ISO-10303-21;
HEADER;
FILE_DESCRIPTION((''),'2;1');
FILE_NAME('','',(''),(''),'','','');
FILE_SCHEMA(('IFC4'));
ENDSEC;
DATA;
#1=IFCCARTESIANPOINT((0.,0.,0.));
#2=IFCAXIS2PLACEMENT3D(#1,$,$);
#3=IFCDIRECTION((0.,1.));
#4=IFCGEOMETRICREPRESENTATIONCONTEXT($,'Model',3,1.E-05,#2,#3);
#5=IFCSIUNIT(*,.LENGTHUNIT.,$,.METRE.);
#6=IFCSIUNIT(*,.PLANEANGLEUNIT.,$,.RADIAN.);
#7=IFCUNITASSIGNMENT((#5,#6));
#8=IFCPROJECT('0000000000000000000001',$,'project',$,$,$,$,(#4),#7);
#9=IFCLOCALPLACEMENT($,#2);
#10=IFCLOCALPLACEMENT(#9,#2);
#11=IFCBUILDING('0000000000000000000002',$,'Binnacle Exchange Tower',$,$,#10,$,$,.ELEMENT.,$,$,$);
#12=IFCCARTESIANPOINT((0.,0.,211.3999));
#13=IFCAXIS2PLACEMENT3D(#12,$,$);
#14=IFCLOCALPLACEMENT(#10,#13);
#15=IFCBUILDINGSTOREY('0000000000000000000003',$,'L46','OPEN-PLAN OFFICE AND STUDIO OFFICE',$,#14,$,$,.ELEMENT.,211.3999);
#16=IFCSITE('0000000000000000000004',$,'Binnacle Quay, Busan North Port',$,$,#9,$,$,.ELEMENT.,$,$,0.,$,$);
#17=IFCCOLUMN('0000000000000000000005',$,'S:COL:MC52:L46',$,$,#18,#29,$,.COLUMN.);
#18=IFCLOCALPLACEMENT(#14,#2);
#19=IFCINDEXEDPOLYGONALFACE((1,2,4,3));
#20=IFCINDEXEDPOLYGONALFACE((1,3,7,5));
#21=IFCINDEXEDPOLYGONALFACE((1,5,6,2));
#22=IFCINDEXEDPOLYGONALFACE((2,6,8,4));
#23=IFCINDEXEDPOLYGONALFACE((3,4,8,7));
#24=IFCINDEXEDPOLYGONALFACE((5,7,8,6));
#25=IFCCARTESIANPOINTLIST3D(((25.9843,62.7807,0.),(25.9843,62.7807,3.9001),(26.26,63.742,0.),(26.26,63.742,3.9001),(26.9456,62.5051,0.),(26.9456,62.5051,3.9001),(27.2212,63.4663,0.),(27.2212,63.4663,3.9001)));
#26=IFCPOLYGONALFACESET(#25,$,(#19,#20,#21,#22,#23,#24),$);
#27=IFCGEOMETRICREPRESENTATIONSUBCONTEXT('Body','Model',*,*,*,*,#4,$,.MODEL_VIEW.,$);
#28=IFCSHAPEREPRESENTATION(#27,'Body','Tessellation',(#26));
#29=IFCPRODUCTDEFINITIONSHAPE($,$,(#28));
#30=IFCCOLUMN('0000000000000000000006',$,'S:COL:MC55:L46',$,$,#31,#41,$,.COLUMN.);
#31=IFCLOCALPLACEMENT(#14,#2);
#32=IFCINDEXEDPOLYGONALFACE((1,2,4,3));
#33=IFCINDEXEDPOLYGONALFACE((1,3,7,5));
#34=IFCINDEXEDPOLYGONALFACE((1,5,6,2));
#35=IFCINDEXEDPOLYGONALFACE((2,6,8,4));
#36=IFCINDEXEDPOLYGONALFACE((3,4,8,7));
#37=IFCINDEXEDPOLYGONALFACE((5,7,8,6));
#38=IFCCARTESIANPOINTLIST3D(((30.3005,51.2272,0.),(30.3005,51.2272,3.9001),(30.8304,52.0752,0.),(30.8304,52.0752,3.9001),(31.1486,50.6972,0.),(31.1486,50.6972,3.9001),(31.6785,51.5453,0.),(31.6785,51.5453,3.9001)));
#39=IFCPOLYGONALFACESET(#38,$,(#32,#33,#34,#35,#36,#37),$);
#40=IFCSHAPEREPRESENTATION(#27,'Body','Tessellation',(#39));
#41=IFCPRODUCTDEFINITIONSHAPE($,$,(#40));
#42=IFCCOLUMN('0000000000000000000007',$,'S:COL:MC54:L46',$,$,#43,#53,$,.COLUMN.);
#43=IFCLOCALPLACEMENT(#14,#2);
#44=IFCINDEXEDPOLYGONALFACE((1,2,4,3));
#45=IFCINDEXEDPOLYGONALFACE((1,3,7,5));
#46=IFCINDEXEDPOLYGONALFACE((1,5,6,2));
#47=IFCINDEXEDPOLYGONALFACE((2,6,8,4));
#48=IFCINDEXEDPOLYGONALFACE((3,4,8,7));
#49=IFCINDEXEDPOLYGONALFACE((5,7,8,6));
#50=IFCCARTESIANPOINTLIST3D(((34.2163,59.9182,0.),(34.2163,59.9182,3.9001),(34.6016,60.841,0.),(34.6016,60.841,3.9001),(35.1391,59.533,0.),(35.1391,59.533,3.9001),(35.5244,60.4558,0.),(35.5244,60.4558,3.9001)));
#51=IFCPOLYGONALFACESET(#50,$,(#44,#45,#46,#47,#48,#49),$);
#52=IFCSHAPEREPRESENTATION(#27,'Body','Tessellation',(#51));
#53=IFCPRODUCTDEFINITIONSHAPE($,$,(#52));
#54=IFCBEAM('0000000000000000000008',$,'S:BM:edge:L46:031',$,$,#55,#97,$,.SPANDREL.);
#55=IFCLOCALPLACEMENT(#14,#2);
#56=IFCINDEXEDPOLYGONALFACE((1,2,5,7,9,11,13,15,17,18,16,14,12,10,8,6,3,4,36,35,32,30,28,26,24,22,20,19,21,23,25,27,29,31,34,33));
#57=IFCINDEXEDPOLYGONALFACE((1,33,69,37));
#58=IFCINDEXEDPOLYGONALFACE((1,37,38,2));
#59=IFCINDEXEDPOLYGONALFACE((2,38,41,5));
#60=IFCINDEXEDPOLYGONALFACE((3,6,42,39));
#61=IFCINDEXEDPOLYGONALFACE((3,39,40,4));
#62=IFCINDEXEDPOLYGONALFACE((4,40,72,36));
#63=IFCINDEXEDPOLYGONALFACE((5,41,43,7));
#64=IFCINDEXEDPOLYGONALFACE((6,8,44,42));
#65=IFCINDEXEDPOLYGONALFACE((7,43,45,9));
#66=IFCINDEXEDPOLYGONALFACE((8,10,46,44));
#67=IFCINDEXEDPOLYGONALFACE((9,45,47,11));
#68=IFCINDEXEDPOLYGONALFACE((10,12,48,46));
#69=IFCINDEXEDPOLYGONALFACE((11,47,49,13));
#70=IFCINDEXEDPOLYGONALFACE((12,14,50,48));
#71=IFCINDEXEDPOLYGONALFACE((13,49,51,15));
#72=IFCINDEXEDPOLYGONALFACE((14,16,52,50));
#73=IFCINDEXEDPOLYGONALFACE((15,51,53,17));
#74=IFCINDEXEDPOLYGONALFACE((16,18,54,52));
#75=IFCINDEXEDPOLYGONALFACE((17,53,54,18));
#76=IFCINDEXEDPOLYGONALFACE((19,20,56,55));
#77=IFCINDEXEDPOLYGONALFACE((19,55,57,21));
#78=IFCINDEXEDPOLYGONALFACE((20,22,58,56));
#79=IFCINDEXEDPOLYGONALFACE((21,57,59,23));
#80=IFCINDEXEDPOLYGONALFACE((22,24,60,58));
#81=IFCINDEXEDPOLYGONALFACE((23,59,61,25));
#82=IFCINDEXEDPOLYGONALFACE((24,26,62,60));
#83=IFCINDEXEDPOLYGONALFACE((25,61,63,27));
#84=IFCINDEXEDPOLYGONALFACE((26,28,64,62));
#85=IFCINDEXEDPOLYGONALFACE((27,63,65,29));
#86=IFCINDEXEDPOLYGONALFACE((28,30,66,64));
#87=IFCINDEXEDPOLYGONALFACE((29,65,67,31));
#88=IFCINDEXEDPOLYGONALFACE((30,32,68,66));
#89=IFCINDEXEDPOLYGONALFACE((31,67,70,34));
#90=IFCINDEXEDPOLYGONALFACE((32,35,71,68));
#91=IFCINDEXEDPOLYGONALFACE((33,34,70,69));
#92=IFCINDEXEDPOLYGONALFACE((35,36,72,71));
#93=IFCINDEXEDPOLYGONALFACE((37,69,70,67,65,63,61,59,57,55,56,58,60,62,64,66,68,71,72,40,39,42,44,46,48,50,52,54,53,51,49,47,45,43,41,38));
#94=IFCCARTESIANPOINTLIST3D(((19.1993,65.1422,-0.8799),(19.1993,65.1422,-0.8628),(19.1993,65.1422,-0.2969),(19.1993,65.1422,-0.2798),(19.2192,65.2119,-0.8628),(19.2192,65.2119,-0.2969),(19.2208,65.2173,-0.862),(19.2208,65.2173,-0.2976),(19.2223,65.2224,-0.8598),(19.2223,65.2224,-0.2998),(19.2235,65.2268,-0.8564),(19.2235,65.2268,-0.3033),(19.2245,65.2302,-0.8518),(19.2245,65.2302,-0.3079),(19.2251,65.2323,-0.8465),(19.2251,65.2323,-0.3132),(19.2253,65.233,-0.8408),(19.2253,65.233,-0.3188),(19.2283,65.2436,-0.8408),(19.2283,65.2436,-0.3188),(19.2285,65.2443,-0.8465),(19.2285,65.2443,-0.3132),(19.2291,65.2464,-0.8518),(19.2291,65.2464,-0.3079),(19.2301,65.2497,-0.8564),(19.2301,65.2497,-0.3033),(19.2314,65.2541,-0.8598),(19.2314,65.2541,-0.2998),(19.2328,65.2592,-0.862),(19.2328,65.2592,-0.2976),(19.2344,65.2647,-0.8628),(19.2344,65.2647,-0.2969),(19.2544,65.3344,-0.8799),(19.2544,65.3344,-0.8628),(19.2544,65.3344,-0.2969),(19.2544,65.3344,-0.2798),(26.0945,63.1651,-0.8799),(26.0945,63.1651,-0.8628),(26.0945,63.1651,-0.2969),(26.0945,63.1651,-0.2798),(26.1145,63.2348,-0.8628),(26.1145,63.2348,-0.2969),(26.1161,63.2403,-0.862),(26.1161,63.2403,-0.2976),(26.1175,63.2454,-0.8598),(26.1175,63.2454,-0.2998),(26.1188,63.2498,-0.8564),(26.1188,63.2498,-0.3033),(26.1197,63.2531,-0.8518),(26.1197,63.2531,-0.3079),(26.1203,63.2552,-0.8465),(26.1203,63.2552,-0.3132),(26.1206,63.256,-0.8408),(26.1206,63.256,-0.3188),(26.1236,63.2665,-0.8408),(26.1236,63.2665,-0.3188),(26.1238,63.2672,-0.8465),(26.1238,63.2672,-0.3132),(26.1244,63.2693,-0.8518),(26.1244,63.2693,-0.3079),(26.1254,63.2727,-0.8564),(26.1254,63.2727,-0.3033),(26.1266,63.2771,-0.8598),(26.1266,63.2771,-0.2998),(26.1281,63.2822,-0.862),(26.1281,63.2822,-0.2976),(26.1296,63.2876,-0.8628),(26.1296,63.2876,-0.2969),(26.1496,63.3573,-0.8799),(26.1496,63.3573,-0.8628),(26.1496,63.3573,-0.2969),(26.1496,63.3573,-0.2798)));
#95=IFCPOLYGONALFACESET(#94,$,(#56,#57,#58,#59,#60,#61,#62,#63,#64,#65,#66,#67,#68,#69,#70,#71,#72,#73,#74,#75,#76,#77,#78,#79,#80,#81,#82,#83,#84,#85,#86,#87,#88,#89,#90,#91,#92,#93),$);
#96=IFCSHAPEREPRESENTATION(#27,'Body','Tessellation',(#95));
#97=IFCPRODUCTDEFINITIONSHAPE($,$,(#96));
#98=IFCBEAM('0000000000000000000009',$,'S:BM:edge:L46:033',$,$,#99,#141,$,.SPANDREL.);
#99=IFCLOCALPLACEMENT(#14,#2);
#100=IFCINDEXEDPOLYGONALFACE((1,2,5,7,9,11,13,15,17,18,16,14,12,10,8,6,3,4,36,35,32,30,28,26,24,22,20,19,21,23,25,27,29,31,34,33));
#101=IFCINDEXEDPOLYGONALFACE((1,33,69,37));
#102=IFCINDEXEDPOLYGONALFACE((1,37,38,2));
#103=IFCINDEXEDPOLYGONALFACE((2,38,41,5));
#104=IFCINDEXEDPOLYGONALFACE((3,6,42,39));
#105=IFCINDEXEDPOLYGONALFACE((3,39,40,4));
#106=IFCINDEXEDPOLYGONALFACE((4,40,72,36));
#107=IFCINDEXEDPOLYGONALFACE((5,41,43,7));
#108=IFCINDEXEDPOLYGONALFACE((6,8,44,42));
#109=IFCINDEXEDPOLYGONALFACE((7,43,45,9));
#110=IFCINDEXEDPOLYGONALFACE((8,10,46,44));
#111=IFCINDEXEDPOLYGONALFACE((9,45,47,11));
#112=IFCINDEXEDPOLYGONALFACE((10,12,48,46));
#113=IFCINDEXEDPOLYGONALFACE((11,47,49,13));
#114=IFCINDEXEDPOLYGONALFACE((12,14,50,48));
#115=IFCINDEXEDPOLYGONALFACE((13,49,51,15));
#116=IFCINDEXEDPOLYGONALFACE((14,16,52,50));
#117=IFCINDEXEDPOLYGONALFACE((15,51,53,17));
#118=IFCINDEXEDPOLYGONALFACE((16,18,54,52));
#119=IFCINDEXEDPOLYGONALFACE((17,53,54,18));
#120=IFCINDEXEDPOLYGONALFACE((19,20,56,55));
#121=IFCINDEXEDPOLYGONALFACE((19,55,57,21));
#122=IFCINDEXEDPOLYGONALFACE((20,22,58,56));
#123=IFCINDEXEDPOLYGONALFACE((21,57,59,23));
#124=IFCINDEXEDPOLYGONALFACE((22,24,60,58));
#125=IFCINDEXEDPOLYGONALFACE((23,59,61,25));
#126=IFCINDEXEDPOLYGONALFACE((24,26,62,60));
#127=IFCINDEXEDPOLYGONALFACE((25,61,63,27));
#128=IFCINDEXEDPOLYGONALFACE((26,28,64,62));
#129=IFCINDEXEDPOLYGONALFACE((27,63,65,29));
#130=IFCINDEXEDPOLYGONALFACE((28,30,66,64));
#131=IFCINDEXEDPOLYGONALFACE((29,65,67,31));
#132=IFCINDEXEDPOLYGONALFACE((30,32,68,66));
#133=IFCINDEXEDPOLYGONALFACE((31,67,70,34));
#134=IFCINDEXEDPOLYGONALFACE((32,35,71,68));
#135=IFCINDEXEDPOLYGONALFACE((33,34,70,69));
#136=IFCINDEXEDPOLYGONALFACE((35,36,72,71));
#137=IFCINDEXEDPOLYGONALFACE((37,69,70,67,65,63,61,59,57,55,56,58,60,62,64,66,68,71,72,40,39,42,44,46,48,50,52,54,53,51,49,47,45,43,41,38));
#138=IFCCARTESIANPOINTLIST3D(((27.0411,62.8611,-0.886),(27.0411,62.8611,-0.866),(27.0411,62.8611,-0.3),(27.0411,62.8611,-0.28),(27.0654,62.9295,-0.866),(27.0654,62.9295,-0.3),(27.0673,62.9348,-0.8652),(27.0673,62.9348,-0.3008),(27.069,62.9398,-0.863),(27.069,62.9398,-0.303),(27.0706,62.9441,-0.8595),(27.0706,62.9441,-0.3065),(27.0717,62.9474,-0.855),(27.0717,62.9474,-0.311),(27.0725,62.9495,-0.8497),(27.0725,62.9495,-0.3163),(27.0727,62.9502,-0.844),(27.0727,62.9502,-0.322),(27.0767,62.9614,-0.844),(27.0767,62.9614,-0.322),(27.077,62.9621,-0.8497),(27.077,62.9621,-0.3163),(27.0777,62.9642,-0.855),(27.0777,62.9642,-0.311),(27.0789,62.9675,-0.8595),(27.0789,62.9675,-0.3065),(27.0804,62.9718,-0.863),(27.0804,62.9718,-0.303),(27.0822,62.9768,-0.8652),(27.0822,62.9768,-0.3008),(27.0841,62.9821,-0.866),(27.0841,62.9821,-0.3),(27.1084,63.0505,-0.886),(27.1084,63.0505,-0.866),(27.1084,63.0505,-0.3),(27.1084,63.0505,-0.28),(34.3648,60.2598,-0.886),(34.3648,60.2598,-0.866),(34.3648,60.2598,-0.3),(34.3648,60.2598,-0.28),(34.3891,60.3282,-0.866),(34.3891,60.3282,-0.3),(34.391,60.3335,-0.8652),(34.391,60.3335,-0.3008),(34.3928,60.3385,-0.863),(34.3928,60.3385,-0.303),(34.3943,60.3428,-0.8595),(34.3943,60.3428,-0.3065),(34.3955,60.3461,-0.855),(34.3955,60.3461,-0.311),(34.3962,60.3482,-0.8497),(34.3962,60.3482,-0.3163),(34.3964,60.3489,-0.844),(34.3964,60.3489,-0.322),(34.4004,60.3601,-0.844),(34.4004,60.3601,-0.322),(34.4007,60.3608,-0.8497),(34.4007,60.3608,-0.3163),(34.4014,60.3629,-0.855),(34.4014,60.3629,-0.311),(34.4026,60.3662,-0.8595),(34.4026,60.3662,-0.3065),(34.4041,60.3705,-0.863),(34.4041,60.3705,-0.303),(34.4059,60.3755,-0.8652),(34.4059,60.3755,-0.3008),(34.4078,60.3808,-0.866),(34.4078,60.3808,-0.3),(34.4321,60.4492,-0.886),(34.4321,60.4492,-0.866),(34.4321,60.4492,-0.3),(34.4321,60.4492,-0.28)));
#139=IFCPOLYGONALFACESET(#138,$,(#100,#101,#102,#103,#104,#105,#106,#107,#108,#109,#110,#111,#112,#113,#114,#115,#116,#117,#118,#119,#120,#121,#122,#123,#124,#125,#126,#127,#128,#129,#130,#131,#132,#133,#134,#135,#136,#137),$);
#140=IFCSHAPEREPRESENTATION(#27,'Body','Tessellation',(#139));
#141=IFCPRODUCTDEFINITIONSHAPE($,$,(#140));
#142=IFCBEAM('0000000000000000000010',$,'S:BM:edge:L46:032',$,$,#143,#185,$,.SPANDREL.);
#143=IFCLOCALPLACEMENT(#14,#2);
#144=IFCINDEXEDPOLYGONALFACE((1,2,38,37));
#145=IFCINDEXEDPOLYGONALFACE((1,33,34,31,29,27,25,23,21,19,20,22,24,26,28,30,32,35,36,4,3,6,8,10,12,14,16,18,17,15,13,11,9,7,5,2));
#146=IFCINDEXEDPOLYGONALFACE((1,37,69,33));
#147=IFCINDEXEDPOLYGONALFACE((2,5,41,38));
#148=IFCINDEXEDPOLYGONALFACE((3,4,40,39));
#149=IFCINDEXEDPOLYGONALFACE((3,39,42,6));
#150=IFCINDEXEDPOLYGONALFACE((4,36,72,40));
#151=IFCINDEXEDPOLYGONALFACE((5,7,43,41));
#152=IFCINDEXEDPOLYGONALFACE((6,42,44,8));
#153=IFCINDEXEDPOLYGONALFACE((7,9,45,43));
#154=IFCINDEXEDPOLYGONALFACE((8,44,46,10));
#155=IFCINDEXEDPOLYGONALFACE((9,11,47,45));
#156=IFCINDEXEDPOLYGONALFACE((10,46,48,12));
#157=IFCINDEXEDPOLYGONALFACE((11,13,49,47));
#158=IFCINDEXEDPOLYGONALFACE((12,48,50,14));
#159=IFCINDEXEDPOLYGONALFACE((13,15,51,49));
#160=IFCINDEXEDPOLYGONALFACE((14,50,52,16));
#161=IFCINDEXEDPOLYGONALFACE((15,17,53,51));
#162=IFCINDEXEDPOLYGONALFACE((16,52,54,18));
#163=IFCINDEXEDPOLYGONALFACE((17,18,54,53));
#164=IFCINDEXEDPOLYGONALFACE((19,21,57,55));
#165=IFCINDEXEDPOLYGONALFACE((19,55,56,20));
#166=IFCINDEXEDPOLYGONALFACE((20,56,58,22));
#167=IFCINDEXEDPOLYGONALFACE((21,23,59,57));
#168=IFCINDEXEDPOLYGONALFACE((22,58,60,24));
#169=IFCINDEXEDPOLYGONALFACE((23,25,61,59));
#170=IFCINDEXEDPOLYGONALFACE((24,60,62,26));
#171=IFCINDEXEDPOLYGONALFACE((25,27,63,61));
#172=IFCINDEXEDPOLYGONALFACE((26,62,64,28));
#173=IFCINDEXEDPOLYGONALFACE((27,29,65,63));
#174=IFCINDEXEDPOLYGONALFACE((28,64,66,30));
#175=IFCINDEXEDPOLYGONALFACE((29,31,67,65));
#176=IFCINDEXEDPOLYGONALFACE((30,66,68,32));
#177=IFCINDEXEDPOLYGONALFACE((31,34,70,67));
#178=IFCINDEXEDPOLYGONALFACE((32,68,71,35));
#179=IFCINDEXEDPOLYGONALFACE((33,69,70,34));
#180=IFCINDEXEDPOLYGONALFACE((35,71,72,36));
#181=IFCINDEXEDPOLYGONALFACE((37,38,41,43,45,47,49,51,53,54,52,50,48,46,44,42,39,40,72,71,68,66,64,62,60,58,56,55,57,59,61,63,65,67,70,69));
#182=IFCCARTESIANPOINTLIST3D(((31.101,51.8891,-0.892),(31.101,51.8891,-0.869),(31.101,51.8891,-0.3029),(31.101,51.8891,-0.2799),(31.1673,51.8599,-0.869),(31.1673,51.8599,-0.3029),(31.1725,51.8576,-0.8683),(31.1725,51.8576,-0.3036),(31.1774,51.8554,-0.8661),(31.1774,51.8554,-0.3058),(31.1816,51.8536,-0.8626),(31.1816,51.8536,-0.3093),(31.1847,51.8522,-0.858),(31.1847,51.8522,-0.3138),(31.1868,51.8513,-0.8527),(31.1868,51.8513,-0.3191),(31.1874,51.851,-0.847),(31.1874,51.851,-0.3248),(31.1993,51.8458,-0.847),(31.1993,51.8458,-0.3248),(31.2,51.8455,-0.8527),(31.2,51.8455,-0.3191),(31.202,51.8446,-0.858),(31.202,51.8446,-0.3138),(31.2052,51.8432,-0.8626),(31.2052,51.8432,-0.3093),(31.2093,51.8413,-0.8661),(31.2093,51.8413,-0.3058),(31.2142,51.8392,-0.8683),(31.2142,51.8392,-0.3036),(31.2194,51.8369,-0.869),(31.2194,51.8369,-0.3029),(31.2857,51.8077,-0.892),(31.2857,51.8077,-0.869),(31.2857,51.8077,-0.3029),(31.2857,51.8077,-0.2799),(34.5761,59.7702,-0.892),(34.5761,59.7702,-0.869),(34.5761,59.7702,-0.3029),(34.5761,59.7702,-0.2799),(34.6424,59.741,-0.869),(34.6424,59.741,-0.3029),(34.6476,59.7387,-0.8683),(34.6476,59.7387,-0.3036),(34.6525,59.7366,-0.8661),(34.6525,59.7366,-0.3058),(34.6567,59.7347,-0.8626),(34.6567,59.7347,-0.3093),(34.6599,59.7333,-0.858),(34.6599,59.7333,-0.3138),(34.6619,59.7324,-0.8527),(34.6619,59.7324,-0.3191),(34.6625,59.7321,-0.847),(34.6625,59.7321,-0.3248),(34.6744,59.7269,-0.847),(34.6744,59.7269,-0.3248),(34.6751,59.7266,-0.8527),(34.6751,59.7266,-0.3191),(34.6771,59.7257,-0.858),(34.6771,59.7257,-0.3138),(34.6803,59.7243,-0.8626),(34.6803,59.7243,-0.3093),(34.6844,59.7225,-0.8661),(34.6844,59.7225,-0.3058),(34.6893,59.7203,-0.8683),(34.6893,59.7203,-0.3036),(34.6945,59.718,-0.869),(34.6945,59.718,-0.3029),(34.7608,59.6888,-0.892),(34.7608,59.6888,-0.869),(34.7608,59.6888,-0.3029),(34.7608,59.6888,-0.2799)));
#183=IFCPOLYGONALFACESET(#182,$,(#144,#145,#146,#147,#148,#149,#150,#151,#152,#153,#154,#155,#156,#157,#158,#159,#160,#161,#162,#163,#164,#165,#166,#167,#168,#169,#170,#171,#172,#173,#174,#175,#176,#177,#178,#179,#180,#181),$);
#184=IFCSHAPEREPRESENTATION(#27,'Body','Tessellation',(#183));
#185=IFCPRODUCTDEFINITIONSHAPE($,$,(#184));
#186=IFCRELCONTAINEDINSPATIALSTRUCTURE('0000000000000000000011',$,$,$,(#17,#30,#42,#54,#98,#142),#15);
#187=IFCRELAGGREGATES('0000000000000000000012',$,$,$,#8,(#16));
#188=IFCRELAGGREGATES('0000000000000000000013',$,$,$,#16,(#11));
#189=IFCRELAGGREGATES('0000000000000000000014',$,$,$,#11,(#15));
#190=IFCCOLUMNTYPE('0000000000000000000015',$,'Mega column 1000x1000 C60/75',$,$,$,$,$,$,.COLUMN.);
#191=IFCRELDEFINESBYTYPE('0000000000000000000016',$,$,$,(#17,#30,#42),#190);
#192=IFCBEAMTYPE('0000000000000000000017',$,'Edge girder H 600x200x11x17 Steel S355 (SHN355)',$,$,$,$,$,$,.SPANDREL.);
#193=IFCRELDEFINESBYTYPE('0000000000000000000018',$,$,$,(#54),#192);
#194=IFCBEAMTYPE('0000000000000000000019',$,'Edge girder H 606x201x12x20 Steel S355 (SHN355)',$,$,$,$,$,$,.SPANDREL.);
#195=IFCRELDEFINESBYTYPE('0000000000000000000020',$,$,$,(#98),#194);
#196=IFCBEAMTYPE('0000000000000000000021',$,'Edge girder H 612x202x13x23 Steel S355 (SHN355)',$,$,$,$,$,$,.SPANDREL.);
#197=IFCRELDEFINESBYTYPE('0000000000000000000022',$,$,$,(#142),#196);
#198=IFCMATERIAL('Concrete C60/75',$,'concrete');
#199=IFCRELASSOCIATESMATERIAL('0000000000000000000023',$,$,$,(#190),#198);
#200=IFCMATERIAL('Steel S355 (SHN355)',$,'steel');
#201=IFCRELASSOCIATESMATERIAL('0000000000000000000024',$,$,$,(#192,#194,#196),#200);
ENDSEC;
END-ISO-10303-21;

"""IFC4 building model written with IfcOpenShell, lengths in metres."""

from ifc_helpers import new_model, si_unit, direction, frame, origin, origin_2d, place, context, subcontext, project, spatial, rectangle, i_section, extrude, material, material_profile, profile_set, type_object, element, save


model = new_model("IFC4")

# Units and contexts
model_context = context("Model", 3, precision=1e-05, world=origin(), true_north=direction((0.0, 1.0)))
body_context = subcontext(model_context, "Body", "Model", "MODEL_VIEW")
ifc_project = project(units=[si_unit("LENGTHUNIT", "METRE"), si_unit("PLANEANGLEUNIT", "RADIAN")], contexts=[model_context])

# Site, building, storey
site_placement = place(None, origin())
site = spatial("IfcSite", under=ifc_project, at=site_placement, Name="Binnacle Quay, Busan North Port", CompositionType="ELEMENT", RefElevation=0.0)
building_placement = place(site_placement, origin())
building = spatial("IfcBuilding", under=site, at=building_placement, Name="Binnacle Exchange Tower", CompositionType="ELEMENT")
storey_placement = place(building_placement, frame((0.0, 0.0, 211.3999)))
storey = spatial("IfcBuildingStorey", under=building, at=storey_placement, Name="L46", Description="OPEN-PLAN OFFICE AND STUDIO OFFICE", CompositionType="ELEMENT", Elevation=211.3999)

# Columns
ifc_material_1 = material(Name="Concrete C60/75", Category="concrete")
ifc_material_profile_1 = material_profile(ifc_material_1, rectangle(XDim=1.0, YDim=1.0, at=origin_2d()), Name="Mega column 1000x1000 C60/75")
ifc_profile_set_1 = profile_set([ifc_material_profile_1], Name="Concrete C60/75")
column_type = type_object("IfcColumnType", Name="Mega column 1000x1000 C60/75", PredefinedType="COLUMN", material=ifc_profile_set_1)
for number, where, z_axis, x_axis, name in (
    (1, (26.6028, 63.1235, 0.0), (0.0, 0.0, 1.0), (-0.961262, 0.275637, 0.0), "S:COL:MC52:L46"),
    (2, (30.9895, 51.3862, 0.0), (0.0, 0.0, 1.0), (0.529919, 0.848048, 0.0), "S:COL:MC55:L46"),
    (3, (34.8704, 60.187, 0.0), (0.0, 0.0, 1.0), (-0.922814, 0.385246, 0.0), "S:COL:MC54:L46"),
):
    element("IfcColumn", number, at=place(storey_placement, frame(where, z_axis=z_axis, x_axis=x_axis)), inside=storey, type_object=column_type, Name=name, PredefinedType="COLUMN", context=body_context, shape_type="SweptSolid", body=[
        extrude(rectangle(XDim=1.0, YDim=1.0, at=origin_2d()), origin(), (0.0, 0.0, 1.0), 3.9001),
    ])

# Beams
ifc_material_2 = material(Name="Steel S355 (SHN355)", Category="steel")
ifc_material_profile_2 = material_profile(ifc_material_2, i_section(OverallWidth=0.2, OverallDepth=0.6001, WebThickness=0.011, FlangeThickness=0.0171, FilletRadius=0.022, at=origin_2d()), Name="H 600x200x11x17")
ifc_profile_set_2 = profile_set([ifc_material_profile_2], Name="Steel S355 (SHN355)")
beam_type_1 = type_object("IfcBeamType", Name="Edge girder H 600x200x11x17 Steel S355 (SHN355)", PredefinedType="SPANDREL", material=ifc_profile_set_2)
beam_1_placement = place(storey_placement, frame((26.1221, 63.2612, -0.5798), z_axis=(-0.961267, 0.27562, 0.0), x_axis=(-0.27562, -0.961267, 0.0)))
element("IfcBeam", 4, at=beam_1_placement, inside=storey, type_object=beam_type_1, Name="S:BM:edge:L46:031", PredefinedType="SPANDREL", context=body_context, shape_type="SweptSolid", body=[
    extrude(i_section(OverallWidth=0.2, OverallDepth=0.6001, WebThickness=0.011, FlangeThickness=0.0171, FilletRadius=0.022, at=origin_2d()), origin(), (0.0, 0.0, 1.0), 7.1731),
])
ifc_material_profile_3 = material_profile(ifc_material_2, i_section(OverallWidth=0.2009, OverallDepth=0.606, WebThickness=0.012, FlangeThickness=0.02, FilletRadius=0.022, at=origin_2d()), Name="H 606x201x12x20")
ifc_profile_set_3 = profile_set([ifc_material_profile_3], Name="Steel S355 (SHN355)")
beam_type_2 = type_object("IfcBeamType", Name="Edge girder H 606x201x12x20 Steel S355 (SHN355)", PredefinedType="SPANDREL", material=ifc_profile_set_3)
beam_2_placement = place(storey_placement, frame((34.3984, 60.3545, -0.583), z_axis=(-0.942323, 0.334704, 0.0), x_axis=(-0.334704, -0.942323, 0.0)))
element("IfcBeam", 5, at=beam_2_placement, inside=storey, type_object=beam_type_2, Name="S:BM:edge:L46:033", PredefinedType="SPANDREL", context=body_context, shape_type="SweptSolid", body=[
    extrude(i_section(OverallWidth=0.2009, OverallDepth=0.606, WebThickness=0.012, FlangeThickness=0.02, FilletRadius=0.022, at=origin_2d()), origin(), (0.0, 0.0, 1.0), 7.772),
])
ifc_material_profile_4 = material_profile(ifc_material_2, i_section(OverallWidth=0.2019, OverallDepth=0.6121, WebThickness=0.0129, FlangeThickness=0.0229, FilletRadius=0.022, at=origin_2d()), Name="H 612x202x13x23")
ifc_profile_set_4 = profile_set([ifc_material_profile_4], Name="Steel S355 (SHN355)")
beam_type_3 = type_object("IfcBeamType", Name="Edge girder H 612x202x13x23 Steel S355 (SHN355)", PredefinedType="SPANDREL", material=ifc_profile_set_4)
beam_3_placement = place(storey_placement, frame((31.1934, 51.8484, -0.5859), z_axis=(0.403459, 0.914998, 0.0), x_axis=(-0.914998, 0.403459, 0.0)))
element("IfcBeam", 6, at=beam_3_placement, inside=storey, type_object=beam_type_3, Name="S:BM:edge:L46:032", PredefinedType="SPANDREL", context=body_context, shape_type="SweptSolid", body=[
    extrude(i_section(OverallWidth=0.2019, OverallDepth=0.6121, WebThickness=0.0129, FlangeThickness=0.0229, FilletRadius=0.022, at=origin_2d()), origin(), (0.0, 0.0, 1.0), 8.6133),
])

save(model, "model.ifc")
